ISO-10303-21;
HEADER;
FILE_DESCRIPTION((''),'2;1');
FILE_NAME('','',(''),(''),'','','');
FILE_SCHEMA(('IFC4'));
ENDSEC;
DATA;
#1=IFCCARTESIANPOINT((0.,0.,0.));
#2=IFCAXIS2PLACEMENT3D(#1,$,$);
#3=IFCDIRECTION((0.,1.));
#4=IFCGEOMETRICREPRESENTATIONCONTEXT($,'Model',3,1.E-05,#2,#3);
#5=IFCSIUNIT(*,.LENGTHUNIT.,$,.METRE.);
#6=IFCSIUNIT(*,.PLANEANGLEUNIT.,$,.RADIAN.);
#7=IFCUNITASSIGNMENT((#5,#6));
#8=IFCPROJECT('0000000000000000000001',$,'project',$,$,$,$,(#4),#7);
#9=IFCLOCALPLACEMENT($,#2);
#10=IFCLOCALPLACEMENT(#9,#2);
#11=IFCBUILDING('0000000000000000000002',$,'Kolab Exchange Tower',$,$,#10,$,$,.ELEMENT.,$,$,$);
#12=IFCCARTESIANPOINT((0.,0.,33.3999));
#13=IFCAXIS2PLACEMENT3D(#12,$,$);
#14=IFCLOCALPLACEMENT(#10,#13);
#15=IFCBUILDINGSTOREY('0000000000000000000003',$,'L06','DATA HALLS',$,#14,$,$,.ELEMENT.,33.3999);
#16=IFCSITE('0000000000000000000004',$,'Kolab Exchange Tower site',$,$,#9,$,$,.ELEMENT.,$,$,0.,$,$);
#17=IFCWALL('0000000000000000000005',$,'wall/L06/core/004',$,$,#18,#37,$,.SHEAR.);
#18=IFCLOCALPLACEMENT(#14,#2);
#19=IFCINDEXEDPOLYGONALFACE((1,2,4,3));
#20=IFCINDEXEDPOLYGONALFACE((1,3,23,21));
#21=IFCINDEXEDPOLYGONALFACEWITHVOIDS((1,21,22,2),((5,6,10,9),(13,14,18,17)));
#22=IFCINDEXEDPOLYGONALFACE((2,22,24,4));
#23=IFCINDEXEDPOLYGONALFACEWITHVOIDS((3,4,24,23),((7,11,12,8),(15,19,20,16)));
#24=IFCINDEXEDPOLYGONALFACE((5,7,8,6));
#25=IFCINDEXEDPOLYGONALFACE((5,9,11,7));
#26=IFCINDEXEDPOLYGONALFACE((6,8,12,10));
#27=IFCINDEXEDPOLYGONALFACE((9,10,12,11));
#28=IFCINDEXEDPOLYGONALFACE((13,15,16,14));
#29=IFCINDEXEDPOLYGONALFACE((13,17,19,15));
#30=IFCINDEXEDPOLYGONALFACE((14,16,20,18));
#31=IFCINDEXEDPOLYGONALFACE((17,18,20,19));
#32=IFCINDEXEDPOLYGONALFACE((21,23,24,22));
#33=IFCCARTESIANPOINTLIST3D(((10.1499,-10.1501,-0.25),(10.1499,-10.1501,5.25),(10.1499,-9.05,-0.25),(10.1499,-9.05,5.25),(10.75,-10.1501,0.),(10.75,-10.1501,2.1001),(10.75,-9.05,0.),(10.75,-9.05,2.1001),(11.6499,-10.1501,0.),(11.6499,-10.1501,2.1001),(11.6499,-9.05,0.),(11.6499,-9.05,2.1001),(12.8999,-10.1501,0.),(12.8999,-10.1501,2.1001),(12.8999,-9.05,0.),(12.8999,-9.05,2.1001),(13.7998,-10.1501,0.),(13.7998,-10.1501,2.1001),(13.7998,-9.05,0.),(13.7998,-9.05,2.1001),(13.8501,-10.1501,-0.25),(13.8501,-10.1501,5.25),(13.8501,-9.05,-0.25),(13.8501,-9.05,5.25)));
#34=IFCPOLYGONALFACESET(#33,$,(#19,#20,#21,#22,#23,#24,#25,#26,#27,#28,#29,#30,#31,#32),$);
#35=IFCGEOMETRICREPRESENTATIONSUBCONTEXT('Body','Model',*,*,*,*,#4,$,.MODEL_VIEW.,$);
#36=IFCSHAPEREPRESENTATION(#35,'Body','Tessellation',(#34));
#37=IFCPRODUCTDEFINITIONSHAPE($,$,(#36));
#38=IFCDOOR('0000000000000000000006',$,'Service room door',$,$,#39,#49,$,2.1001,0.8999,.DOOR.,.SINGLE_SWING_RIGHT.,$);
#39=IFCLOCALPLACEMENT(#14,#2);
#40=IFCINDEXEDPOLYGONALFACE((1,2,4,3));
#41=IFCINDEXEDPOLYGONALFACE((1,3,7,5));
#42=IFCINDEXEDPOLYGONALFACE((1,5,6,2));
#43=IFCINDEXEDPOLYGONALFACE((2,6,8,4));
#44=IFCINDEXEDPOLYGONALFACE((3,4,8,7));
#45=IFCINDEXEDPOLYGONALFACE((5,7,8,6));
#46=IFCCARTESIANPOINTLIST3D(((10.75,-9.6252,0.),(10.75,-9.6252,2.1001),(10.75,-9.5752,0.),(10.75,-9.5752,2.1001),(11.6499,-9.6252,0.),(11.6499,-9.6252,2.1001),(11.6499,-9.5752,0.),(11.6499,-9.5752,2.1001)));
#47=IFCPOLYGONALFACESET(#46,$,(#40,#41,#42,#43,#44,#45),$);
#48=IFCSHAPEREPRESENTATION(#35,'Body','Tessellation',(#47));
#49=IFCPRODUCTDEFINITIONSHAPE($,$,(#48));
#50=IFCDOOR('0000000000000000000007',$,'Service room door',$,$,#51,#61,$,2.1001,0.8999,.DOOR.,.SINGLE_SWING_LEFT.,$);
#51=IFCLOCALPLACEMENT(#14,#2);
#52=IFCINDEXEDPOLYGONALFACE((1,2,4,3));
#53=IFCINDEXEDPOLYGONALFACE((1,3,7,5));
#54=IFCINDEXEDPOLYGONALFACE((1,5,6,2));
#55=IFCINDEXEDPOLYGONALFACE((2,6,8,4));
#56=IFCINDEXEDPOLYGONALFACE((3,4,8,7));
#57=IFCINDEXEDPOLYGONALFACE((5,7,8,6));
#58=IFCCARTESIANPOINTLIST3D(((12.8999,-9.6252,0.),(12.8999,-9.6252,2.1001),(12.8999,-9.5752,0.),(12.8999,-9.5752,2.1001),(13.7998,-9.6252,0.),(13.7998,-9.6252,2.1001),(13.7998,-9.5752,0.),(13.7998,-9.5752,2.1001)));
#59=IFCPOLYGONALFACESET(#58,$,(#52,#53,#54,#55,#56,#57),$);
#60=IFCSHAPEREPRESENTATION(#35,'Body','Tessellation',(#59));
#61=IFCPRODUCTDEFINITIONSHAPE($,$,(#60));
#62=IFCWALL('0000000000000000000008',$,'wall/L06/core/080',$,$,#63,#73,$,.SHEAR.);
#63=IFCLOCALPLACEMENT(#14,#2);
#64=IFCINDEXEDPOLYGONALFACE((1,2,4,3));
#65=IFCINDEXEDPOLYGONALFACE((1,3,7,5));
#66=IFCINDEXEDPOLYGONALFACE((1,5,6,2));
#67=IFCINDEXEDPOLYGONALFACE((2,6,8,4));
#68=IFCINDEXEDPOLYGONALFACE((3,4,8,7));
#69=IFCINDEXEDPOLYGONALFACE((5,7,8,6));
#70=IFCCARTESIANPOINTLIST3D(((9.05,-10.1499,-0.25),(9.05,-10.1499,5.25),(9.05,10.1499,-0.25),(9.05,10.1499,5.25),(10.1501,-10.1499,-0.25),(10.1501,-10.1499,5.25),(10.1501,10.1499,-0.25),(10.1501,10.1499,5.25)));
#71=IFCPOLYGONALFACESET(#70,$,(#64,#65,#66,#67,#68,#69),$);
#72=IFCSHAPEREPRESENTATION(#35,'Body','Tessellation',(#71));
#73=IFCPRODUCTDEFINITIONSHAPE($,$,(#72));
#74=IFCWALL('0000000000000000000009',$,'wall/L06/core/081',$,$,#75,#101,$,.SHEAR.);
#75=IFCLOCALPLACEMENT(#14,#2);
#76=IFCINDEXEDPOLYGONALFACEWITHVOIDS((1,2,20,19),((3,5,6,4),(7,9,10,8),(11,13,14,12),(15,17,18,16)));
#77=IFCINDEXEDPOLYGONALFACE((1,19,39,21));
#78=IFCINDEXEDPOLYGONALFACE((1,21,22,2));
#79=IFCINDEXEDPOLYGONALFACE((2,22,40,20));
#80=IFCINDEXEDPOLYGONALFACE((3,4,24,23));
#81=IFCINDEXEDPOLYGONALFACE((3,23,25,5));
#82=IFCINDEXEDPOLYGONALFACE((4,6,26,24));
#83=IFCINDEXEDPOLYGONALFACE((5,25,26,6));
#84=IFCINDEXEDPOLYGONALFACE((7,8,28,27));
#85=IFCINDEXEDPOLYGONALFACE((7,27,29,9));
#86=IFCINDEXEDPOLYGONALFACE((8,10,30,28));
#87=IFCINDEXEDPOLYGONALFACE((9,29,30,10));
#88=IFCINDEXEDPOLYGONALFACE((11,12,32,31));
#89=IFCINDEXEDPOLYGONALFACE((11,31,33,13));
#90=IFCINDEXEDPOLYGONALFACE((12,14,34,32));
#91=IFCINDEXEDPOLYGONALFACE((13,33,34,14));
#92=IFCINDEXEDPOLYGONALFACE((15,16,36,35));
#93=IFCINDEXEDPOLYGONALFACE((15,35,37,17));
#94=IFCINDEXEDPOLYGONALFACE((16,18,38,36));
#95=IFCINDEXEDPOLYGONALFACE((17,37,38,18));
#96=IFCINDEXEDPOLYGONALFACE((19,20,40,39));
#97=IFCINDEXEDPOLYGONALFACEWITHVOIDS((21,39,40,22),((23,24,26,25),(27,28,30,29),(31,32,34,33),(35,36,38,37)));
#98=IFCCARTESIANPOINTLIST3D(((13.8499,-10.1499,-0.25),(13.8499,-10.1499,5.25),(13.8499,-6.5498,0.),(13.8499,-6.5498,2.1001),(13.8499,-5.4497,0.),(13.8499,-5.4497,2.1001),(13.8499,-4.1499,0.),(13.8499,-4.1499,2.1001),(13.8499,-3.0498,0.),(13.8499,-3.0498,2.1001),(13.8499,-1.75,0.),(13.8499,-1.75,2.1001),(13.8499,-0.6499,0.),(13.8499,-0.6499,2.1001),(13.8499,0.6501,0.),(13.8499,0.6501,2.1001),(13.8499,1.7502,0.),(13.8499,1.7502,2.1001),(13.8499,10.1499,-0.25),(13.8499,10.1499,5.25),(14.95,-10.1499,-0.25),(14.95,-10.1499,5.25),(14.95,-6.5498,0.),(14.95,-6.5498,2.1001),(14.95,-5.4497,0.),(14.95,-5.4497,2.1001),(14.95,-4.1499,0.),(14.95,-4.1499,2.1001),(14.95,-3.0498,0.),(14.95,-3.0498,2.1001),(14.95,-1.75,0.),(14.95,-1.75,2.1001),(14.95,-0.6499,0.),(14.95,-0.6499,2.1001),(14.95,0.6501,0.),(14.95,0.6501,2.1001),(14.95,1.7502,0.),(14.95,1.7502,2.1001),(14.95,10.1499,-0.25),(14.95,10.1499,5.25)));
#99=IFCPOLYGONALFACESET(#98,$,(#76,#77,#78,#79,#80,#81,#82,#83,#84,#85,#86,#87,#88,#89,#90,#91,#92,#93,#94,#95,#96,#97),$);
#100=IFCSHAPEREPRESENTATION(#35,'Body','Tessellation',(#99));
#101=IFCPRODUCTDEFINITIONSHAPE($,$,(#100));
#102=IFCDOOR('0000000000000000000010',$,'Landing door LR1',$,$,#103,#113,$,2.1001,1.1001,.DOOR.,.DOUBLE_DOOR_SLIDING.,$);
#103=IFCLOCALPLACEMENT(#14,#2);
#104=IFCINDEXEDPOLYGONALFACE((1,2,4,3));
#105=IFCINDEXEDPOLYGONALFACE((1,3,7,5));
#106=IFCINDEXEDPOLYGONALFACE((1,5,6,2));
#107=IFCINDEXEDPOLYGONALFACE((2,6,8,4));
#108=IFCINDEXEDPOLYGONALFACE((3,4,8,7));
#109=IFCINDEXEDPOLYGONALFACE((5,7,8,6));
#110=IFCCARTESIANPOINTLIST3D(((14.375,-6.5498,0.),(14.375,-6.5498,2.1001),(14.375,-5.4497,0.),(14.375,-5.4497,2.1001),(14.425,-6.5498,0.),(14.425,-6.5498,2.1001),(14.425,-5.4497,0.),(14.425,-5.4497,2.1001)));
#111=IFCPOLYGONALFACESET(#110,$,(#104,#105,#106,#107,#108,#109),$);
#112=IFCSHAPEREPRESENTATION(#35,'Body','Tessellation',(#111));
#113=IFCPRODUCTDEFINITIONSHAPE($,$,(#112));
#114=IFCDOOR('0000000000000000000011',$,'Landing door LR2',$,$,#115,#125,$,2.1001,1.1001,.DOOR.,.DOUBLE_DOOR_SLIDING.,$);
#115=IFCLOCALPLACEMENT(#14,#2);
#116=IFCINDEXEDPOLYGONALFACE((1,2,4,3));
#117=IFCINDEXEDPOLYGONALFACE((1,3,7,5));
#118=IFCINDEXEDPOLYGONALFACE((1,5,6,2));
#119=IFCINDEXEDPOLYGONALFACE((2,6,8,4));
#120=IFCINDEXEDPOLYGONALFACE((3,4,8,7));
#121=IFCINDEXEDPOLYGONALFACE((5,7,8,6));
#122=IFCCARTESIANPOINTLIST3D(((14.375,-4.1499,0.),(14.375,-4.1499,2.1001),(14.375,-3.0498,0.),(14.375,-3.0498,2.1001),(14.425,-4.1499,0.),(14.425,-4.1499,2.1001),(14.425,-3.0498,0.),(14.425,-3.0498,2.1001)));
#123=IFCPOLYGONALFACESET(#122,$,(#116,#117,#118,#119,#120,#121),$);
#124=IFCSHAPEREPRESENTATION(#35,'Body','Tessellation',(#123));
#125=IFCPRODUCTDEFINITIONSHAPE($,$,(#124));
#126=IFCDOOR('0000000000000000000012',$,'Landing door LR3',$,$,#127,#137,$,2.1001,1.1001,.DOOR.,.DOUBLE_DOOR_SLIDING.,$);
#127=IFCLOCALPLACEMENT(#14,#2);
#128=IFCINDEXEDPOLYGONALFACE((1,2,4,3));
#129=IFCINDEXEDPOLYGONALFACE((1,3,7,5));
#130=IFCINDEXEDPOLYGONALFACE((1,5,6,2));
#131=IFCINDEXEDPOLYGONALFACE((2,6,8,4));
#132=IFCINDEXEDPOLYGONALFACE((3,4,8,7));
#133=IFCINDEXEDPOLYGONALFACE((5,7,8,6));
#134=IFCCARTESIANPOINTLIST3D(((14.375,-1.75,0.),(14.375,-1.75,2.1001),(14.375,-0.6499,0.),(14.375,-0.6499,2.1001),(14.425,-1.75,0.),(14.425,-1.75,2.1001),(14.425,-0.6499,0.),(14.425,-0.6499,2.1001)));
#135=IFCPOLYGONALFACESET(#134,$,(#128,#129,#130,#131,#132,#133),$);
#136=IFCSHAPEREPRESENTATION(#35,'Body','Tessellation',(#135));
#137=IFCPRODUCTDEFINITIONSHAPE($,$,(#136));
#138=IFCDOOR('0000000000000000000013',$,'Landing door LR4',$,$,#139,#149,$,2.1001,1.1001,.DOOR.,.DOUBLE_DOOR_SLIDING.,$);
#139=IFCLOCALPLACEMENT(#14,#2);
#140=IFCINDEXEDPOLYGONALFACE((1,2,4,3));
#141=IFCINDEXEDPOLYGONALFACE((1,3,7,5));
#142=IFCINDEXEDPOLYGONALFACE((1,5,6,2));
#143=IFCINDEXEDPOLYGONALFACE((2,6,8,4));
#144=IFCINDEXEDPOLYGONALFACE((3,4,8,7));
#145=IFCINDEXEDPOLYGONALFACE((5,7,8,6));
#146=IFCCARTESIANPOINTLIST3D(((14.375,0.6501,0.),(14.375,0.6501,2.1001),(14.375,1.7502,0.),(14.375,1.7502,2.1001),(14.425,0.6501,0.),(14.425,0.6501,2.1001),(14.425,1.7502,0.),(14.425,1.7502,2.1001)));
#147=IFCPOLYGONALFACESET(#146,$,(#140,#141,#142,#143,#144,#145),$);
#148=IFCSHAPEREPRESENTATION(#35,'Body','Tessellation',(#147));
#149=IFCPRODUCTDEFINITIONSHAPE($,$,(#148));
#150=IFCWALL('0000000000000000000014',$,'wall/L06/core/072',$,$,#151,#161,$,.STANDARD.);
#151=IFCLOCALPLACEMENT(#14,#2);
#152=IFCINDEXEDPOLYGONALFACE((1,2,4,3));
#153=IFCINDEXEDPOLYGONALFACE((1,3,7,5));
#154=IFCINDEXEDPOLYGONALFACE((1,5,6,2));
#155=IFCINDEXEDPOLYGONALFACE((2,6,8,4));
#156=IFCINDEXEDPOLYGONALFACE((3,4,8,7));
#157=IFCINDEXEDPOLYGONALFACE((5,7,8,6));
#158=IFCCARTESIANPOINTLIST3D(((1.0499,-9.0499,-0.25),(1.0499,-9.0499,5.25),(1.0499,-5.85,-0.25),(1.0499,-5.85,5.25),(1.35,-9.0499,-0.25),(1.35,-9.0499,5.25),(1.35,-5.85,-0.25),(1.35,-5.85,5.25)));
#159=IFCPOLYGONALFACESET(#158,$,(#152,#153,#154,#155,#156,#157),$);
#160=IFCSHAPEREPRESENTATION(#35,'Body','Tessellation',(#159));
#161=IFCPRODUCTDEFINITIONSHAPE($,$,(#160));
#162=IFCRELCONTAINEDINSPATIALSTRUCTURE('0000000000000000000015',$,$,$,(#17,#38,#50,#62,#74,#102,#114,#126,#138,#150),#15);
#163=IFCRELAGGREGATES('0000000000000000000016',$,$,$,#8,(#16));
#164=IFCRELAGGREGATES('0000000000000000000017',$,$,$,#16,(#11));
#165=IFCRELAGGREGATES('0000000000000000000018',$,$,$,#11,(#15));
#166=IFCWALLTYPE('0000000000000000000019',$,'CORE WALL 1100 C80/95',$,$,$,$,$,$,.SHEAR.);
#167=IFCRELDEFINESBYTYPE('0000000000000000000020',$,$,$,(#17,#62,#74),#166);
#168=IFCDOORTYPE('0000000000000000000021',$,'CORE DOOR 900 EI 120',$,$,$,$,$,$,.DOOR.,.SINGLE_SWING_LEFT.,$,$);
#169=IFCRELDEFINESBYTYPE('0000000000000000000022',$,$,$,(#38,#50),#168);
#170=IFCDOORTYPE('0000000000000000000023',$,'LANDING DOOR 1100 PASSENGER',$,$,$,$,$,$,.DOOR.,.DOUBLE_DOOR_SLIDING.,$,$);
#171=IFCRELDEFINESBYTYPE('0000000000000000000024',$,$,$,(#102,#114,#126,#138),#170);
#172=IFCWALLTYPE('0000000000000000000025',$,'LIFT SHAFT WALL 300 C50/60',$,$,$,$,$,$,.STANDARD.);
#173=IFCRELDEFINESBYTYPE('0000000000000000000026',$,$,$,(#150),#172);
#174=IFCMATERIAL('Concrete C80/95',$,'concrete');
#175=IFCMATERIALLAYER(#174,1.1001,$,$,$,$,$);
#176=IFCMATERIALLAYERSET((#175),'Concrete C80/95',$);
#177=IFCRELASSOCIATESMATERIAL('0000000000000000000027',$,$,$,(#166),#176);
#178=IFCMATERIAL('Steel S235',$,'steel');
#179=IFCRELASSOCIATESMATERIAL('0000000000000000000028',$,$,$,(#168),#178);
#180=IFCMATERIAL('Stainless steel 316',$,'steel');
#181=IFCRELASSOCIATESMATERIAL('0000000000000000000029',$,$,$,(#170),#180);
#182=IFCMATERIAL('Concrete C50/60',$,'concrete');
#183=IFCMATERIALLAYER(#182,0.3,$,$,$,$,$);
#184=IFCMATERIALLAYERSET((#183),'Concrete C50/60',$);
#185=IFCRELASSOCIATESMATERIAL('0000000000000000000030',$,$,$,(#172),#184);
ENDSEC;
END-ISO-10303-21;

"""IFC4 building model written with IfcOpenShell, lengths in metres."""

from ifc_helpers import new_model, si_unit, direction, frame, frame_2d, origin, place, context, subcontext, project, spatial, rectangle, extrude, material, layer, layer_set, type_object, element, fill, save


model = new_model("IFC4")

# Units and contexts
model_context = context("Model", 3, precision=1e-05, world=origin(), true_north=direction((0.0, 1.0)))
body_context = subcontext(model_context, "Body", "Model", "MODEL_VIEW")
ifc_project = project(units=[si_unit("LENGTHUNIT", "METRE"), si_unit("PLANEANGLEUNIT", "RADIAN")], contexts=[model_context])

# Site, building, storey
site_placement = place(None, origin())
site = spatial("IfcSite", under=ifc_project, at=site_placement, Name="Kolab Exchange Tower site", CompositionType="ELEMENT", RefElevation=0.0)
building_placement = place(site_placement, origin())
building = spatial("IfcBuilding", under=site, at=building_placement, Name="Kolab Exchange Tower", CompositionType="ELEMENT")
storey_placement = place(building_placement, frame((0.0, 0.0, 33.3999)))
storey = spatial("IfcBuildingStorey", under=building, at=storey_placement, Name="L06", Description="DATA HALLS", CompositionType="ELEMENT", Elevation=33.3999)

# Shared definitions
ifc_material_1 = material(Name="Concrete C80/95", Category="concrete")

# Wall, openings, doors
ifc_layer_1 = layer(ifc_material_1, 1.1001)
ifc_layer_set_1 = layer_set([ifc_layer_1], Name="Concrete C80/95")
wall_type_1 = type_object("IfcWallType", Name="CORE WALL 1100 C80/95", PredefinedType="SHEAR", material=ifc_layer_set_1)
wall_1_placement = place(storey_placement, frame((10.1499, -9.6001, -0.25), z_axis=(0.0, 0.0, 1.0), x_axis=(1.0, 0.0, 0.0)))
wall_1 = element("IfcWall", 1, at=wall_1_placement, inside=storey, type_object=wall_type_1, Name="wall/L06/core/004", PredefinedType="SHEAR", context=body_context, shape_type="SweptSolid", body=[
    extrude(rectangle(XDim=3.7002, YDim=1.1001, at=frame_2d((1.8501, 0.0))), origin(), (0.0, 0.0, 1.0), 5.5),
])
opening_1_placement = place(wall_1_placement, frame((0.6001, 0.0, 0.25)))
opening_1 = element("IfcOpeningElement", 2, at=opening_1_placement, cuts=wall_1, PredefinedType="OPENING", context=body_context, shape_type="SweptSolid", body=[
    extrude(rectangle(XDim=0.8999, YDim=2.1001, at=frame_2d((0.45, 1.05))), frame((0.0, 0.5601, 0.0), z_axis=(0.0, -1.0, 0.0), x_axis=(1.0, 0.0, 0.0)), (0.0, 0.0, 1.0), 1.1201),
])
opening_2_placement = place(wall_1_placement, frame((2.75, 0.0, 0.25)))
opening_2 = element("IfcOpeningElement", 3, at=opening_2_placement, cuts=wall_1, PredefinedType="OPENING", context=body_context, shape_type="SweptSolid", body=[
    extrude(rectangle(XDim=0.8999, YDim=2.1001, at=frame_2d((0.45, 1.05))), frame((0.0, 0.5601, 0.0), z_axis=(0.0, -1.0, 0.0), x_axis=(1.0, 0.0, 0.0)), (0.0, 0.0, 1.0), 1.1201),
])
ifc_material_2 = material(Name="Steel S235", Category="steel")
door_type_1 = type_object("IfcDoorType", Name="CORE DOOR 900 EI 120", OperationType="SINGLE_SWING_LEFT", PredefinedType="DOOR", material=ifc_material_2)
door_1_placement = place(opening_1_placement, origin())
door_1 = element("IfcDoor", 4, at=door_1_placement, inside=storey, type_object=door_type_1, Name="Service room door", OperationType="SINGLE_SWING_RIGHT", OverallHeight=2.1001, OverallWidth=0.8999, PredefinedType="DOOR", context=body_context, shape_type="SweptSolid", body=[
    extrude(rectangle(XDim=0.8999, YDim=2.1001, at=frame_2d((0.45, 1.05))), frame((0.0, 0.0249, 0.0), z_axis=(0.0, -1.0, 0.0), x_axis=(1.0, 0.0, 0.0)), (0.0, 0.0, 1.0), 0.05),
])
fill(opening_1, door_1)
door_2_placement = place(opening_2_placement, origin())
door_2 = element("IfcDoor", 5, at=door_2_placement, inside=storey, type_object=door_type_1, Name="Service room door", OperationType="SINGLE_SWING_LEFT", OverallHeight=2.1001, OverallWidth=0.8999, PredefinedType="DOOR", context=body_context, shape_type="SweptSolid", body=[
    extrude(rectangle(XDim=0.8999, YDim=2.1001, at=frame_2d((0.45, 1.05))), frame((0.0, 0.0249, 0.0), z_axis=(0.0, -1.0, 0.0), x_axis=(1.0, 0.0, 0.0)), (0.0, 0.0, 1.0), 0.05),
])
fill(opening_2, door_2)

# Wall
wall_2_placement = place(storey_placement, frame((9.6001, -10.1499, -0.25), z_axis=(0.0, 0.0, 1.0), x_axis=(0.0, 1.0, 0.0)))
element("IfcWall", 6, at=wall_2_placement, inside=storey, type_object=wall_type_1, Name="wall/L06/core/080", PredefinedType="SHEAR", context=body_context, shape_type="SweptSolid", body=[
    extrude(rectangle(XDim=20.2998, YDim=1.1001, at=frame_2d((10.1499, 0.0))), origin(), (0.0, 0.0, 1.0), 5.5),
])

# Wall, openings, doors
wall_3_placement = place(storey_placement, frame((14.3999, -10.1499, -0.25), z_axis=(0.0, 0.0, 1.0), x_axis=(0.0, 1.0, 0.0)))
wall_3 = element("IfcWall", 7, at=wall_3_placement, inside=storey, type_object=wall_type_1, Name="wall/L06/core/081", PredefinedType="SHEAR", context=body_context, shape_type="SweptSolid", body=[
    extrude(rectangle(XDim=20.2998, YDim=1.1001, at=frame_2d((10.1499, 0.0))), origin(), (0.0, 0.0, 1.0), 5.5),
])
opening_3_placement = place(wall_3_placement, frame((3.6001, 0.0, 0.25)))
opening_3 = element("IfcOpeningElement", 8, at=opening_3_placement, cuts=wall_3, PredefinedType="OPENING", context=body_context, shape_type="SweptSolid", body=[
    extrude(rectangle(XDim=1.1001, YDim=2.1001, at=frame_2d((0.55, 1.05))), frame((0.0, 0.5601, 0.0), z_axis=(0.0, -1.0, 0.0), x_axis=(1.0, 0.0, 0.0)), (0.0, 0.0, 1.0), 1.1201),
])
opening_4_placement = place(wall_3_placement, frame((6.0, 0.0, 0.25)))
opening_4 = element("IfcOpeningElement", 9, at=opening_4_placement, cuts=wall_3, PredefinedType="OPENING", context=body_context, shape_type="SweptSolid", body=[
    extrude(rectangle(XDim=1.1001, YDim=2.1001, at=frame_2d((0.55, 1.05))), frame((0.0, 0.5601, 0.0), z_axis=(0.0, -1.0, 0.0), x_axis=(1.0, 0.0, 0.0)), (0.0, 0.0, 1.0), 1.1201),
])
opening_5_placement = place(wall_3_placement, frame((8.3999, 0.0, 0.25)))
opening_5 = element("IfcOpeningElement", 10, at=opening_5_placement, cuts=wall_3, PredefinedType="OPENING", context=body_context, shape_type="SweptSolid", body=[
    extrude(rectangle(XDim=1.1001, YDim=2.1001, at=frame_2d((0.55, 1.05))), frame((0.0, 0.5601, 0.0), z_axis=(0.0, -1.0, 0.0), x_axis=(1.0, 0.0, 0.0)), (0.0, 0.0, 1.0), 1.1201),
])
opening_6_placement = place(wall_3_placement, frame((10.8, 0.0, 0.25)))
opening_6 = element("IfcOpeningElement", 11, at=opening_6_placement, cuts=wall_3, PredefinedType="OPENING", context=body_context, shape_type="SweptSolid", body=[
    extrude(rectangle(XDim=1.1001, YDim=2.1001, at=frame_2d((0.55, 1.05))), frame((0.0, 0.5601, 0.0), z_axis=(0.0, -1.0, 0.0), x_axis=(1.0, 0.0, 0.0)), (0.0, 0.0, 1.0), 1.1201),
])
ifc_material_3 = material(Name="Stainless steel 316", Category="steel")
door_type_2 = type_object("IfcDoorType", Name="LANDING DOOR 1100 PASSENGER", OperationType="DOUBLE_DOOR_SLIDING", PredefinedType="DOOR", material=ifc_material_3)
door_3_placement = place(opening_3_placement, origin())
door_3 = element("IfcDoor", 12, at=door_3_placement, inside=storey, type_object=door_type_2, Name="Landing door LR1", OperationType="DOUBLE_DOOR_SLIDING", OverallHeight=2.1001, OverallWidth=1.1001, PredefinedType="DOOR", context=body_context, shape_type="SweptSolid", body=[
    extrude(rectangle(XDim=1.1001, YDim=2.1001, at=frame_2d((0.55, 1.05))), frame((0.0, 0.0249, 0.0), z_axis=(0.0, -1.0, 0.0), x_axis=(1.0, 0.0, 0.0)), (0.0, 0.0, 1.0), 0.05),
])
fill(opening_3, door_3)
door_4_placement = place(opening_4_placement, origin())
door_4 = element("IfcDoor", 13, at=door_4_placement, inside=storey, type_object=door_type_2, Name="Landing door LR2", OperationType="DOUBLE_DOOR_SLIDING", OverallHeight=2.1001, OverallWidth=1.1001, PredefinedType="DOOR", context=body_context, shape_type="SweptSolid", body=[
    extrude(rectangle(XDim=1.1001, YDim=2.1001, at=frame_2d((0.55, 1.05))), frame((0.0, 0.0249, 0.0), z_axis=(0.0, -1.0, 0.0), x_axis=(1.0, 0.0, 0.0)), (0.0, 0.0, 1.0), 0.05),
])
fill(opening_4, door_4)
door_5_placement = place(opening_5_placement, origin())
door_5 = element("IfcDoor", 14, at=door_5_placement, inside=storey, type_object=door_type_2, Name="Landing door LR3", OperationType="DOUBLE_DOOR_SLIDING", OverallHeight=2.1001, OverallWidth=1.1001, PredefinedType="DOOR", context=body_context, shape_type="SweptSolid", body=[
    extrude(rectangle(XDim=1.1001, YDim=2.1001, at=frame_2d((0.55, 1.05))), frame((0.0, 0.0249, 0.0), z_axis=(0.0, -1.0, 0.0), x_axis=(1.0, 0.0, 0.0)), (0.0, 0.0, 1.0), 0.05),
])
fill(opening_5, door_5)
door_6_placement = place(opening_6_placement, origin())
door_6 = element("IfcDoor", 15, at=door_6_placement, inside=storey, type_object=door_type_2, Name="Landing door LR4", OperationType="DOUBLE_DOOR_SLIDING", OverallHeight=2.1001, OverallWidth=1.1001, PredefinedType="DOOR", context=body_context, shape_type="SweptSolid", body=[
    extrude(rectangle(XDim=1.1001, YDim=2.1001, at=frame_2d((0.55, 1.05))), frame((0.0, 0.0249, 0.0), z_axis=(0.0, -1.0, 0.0), x_axis=(1.0, 0.0, 0.0)), (0.0, 0.0, 1.0), 0.05),
])
fill(opening_6, door_6)

# Wall
ifc_material_4 = material(Name="Concrete C50/60", Category="concrete")
ifc_layer_2 = layer(ifc_material_4, 0.3)
ifc_layer_set_2 = layer_set([ifc_layer_2], Name="Concrete C50/60")
wall_type_2 = type_object("IfcWallType", Name="LIFT SHAFT WALL 300 C50/60", PredefinedType="STANDARD", material=ifc_layer_set_2)
for number, where, z_axis, x_axis, name in (
    (16, (1.2, -9.05, -0.25), (0.0, 0.0, 1.0), (0.0, 1.0, 0.0), "wall/L06/core/072"),
):
    element("IfcWall", number, at=place(storey_placement, frame(where, z_axis=z_axis, x_axis=x_axis)), inside=storey, type_object=wall_type_2, Name=name, PredefinedType="STANDARD", context=body_context, shape_type="SweptSolid", body=[
        extrude(rectangle(XDim=3.2, YDim=0.3, at=frame_2d((1.6001, 0.0))), origin(), (0.0, 0.0, 1.0), 5.5),
    ])

save(model, "model.ifc")
